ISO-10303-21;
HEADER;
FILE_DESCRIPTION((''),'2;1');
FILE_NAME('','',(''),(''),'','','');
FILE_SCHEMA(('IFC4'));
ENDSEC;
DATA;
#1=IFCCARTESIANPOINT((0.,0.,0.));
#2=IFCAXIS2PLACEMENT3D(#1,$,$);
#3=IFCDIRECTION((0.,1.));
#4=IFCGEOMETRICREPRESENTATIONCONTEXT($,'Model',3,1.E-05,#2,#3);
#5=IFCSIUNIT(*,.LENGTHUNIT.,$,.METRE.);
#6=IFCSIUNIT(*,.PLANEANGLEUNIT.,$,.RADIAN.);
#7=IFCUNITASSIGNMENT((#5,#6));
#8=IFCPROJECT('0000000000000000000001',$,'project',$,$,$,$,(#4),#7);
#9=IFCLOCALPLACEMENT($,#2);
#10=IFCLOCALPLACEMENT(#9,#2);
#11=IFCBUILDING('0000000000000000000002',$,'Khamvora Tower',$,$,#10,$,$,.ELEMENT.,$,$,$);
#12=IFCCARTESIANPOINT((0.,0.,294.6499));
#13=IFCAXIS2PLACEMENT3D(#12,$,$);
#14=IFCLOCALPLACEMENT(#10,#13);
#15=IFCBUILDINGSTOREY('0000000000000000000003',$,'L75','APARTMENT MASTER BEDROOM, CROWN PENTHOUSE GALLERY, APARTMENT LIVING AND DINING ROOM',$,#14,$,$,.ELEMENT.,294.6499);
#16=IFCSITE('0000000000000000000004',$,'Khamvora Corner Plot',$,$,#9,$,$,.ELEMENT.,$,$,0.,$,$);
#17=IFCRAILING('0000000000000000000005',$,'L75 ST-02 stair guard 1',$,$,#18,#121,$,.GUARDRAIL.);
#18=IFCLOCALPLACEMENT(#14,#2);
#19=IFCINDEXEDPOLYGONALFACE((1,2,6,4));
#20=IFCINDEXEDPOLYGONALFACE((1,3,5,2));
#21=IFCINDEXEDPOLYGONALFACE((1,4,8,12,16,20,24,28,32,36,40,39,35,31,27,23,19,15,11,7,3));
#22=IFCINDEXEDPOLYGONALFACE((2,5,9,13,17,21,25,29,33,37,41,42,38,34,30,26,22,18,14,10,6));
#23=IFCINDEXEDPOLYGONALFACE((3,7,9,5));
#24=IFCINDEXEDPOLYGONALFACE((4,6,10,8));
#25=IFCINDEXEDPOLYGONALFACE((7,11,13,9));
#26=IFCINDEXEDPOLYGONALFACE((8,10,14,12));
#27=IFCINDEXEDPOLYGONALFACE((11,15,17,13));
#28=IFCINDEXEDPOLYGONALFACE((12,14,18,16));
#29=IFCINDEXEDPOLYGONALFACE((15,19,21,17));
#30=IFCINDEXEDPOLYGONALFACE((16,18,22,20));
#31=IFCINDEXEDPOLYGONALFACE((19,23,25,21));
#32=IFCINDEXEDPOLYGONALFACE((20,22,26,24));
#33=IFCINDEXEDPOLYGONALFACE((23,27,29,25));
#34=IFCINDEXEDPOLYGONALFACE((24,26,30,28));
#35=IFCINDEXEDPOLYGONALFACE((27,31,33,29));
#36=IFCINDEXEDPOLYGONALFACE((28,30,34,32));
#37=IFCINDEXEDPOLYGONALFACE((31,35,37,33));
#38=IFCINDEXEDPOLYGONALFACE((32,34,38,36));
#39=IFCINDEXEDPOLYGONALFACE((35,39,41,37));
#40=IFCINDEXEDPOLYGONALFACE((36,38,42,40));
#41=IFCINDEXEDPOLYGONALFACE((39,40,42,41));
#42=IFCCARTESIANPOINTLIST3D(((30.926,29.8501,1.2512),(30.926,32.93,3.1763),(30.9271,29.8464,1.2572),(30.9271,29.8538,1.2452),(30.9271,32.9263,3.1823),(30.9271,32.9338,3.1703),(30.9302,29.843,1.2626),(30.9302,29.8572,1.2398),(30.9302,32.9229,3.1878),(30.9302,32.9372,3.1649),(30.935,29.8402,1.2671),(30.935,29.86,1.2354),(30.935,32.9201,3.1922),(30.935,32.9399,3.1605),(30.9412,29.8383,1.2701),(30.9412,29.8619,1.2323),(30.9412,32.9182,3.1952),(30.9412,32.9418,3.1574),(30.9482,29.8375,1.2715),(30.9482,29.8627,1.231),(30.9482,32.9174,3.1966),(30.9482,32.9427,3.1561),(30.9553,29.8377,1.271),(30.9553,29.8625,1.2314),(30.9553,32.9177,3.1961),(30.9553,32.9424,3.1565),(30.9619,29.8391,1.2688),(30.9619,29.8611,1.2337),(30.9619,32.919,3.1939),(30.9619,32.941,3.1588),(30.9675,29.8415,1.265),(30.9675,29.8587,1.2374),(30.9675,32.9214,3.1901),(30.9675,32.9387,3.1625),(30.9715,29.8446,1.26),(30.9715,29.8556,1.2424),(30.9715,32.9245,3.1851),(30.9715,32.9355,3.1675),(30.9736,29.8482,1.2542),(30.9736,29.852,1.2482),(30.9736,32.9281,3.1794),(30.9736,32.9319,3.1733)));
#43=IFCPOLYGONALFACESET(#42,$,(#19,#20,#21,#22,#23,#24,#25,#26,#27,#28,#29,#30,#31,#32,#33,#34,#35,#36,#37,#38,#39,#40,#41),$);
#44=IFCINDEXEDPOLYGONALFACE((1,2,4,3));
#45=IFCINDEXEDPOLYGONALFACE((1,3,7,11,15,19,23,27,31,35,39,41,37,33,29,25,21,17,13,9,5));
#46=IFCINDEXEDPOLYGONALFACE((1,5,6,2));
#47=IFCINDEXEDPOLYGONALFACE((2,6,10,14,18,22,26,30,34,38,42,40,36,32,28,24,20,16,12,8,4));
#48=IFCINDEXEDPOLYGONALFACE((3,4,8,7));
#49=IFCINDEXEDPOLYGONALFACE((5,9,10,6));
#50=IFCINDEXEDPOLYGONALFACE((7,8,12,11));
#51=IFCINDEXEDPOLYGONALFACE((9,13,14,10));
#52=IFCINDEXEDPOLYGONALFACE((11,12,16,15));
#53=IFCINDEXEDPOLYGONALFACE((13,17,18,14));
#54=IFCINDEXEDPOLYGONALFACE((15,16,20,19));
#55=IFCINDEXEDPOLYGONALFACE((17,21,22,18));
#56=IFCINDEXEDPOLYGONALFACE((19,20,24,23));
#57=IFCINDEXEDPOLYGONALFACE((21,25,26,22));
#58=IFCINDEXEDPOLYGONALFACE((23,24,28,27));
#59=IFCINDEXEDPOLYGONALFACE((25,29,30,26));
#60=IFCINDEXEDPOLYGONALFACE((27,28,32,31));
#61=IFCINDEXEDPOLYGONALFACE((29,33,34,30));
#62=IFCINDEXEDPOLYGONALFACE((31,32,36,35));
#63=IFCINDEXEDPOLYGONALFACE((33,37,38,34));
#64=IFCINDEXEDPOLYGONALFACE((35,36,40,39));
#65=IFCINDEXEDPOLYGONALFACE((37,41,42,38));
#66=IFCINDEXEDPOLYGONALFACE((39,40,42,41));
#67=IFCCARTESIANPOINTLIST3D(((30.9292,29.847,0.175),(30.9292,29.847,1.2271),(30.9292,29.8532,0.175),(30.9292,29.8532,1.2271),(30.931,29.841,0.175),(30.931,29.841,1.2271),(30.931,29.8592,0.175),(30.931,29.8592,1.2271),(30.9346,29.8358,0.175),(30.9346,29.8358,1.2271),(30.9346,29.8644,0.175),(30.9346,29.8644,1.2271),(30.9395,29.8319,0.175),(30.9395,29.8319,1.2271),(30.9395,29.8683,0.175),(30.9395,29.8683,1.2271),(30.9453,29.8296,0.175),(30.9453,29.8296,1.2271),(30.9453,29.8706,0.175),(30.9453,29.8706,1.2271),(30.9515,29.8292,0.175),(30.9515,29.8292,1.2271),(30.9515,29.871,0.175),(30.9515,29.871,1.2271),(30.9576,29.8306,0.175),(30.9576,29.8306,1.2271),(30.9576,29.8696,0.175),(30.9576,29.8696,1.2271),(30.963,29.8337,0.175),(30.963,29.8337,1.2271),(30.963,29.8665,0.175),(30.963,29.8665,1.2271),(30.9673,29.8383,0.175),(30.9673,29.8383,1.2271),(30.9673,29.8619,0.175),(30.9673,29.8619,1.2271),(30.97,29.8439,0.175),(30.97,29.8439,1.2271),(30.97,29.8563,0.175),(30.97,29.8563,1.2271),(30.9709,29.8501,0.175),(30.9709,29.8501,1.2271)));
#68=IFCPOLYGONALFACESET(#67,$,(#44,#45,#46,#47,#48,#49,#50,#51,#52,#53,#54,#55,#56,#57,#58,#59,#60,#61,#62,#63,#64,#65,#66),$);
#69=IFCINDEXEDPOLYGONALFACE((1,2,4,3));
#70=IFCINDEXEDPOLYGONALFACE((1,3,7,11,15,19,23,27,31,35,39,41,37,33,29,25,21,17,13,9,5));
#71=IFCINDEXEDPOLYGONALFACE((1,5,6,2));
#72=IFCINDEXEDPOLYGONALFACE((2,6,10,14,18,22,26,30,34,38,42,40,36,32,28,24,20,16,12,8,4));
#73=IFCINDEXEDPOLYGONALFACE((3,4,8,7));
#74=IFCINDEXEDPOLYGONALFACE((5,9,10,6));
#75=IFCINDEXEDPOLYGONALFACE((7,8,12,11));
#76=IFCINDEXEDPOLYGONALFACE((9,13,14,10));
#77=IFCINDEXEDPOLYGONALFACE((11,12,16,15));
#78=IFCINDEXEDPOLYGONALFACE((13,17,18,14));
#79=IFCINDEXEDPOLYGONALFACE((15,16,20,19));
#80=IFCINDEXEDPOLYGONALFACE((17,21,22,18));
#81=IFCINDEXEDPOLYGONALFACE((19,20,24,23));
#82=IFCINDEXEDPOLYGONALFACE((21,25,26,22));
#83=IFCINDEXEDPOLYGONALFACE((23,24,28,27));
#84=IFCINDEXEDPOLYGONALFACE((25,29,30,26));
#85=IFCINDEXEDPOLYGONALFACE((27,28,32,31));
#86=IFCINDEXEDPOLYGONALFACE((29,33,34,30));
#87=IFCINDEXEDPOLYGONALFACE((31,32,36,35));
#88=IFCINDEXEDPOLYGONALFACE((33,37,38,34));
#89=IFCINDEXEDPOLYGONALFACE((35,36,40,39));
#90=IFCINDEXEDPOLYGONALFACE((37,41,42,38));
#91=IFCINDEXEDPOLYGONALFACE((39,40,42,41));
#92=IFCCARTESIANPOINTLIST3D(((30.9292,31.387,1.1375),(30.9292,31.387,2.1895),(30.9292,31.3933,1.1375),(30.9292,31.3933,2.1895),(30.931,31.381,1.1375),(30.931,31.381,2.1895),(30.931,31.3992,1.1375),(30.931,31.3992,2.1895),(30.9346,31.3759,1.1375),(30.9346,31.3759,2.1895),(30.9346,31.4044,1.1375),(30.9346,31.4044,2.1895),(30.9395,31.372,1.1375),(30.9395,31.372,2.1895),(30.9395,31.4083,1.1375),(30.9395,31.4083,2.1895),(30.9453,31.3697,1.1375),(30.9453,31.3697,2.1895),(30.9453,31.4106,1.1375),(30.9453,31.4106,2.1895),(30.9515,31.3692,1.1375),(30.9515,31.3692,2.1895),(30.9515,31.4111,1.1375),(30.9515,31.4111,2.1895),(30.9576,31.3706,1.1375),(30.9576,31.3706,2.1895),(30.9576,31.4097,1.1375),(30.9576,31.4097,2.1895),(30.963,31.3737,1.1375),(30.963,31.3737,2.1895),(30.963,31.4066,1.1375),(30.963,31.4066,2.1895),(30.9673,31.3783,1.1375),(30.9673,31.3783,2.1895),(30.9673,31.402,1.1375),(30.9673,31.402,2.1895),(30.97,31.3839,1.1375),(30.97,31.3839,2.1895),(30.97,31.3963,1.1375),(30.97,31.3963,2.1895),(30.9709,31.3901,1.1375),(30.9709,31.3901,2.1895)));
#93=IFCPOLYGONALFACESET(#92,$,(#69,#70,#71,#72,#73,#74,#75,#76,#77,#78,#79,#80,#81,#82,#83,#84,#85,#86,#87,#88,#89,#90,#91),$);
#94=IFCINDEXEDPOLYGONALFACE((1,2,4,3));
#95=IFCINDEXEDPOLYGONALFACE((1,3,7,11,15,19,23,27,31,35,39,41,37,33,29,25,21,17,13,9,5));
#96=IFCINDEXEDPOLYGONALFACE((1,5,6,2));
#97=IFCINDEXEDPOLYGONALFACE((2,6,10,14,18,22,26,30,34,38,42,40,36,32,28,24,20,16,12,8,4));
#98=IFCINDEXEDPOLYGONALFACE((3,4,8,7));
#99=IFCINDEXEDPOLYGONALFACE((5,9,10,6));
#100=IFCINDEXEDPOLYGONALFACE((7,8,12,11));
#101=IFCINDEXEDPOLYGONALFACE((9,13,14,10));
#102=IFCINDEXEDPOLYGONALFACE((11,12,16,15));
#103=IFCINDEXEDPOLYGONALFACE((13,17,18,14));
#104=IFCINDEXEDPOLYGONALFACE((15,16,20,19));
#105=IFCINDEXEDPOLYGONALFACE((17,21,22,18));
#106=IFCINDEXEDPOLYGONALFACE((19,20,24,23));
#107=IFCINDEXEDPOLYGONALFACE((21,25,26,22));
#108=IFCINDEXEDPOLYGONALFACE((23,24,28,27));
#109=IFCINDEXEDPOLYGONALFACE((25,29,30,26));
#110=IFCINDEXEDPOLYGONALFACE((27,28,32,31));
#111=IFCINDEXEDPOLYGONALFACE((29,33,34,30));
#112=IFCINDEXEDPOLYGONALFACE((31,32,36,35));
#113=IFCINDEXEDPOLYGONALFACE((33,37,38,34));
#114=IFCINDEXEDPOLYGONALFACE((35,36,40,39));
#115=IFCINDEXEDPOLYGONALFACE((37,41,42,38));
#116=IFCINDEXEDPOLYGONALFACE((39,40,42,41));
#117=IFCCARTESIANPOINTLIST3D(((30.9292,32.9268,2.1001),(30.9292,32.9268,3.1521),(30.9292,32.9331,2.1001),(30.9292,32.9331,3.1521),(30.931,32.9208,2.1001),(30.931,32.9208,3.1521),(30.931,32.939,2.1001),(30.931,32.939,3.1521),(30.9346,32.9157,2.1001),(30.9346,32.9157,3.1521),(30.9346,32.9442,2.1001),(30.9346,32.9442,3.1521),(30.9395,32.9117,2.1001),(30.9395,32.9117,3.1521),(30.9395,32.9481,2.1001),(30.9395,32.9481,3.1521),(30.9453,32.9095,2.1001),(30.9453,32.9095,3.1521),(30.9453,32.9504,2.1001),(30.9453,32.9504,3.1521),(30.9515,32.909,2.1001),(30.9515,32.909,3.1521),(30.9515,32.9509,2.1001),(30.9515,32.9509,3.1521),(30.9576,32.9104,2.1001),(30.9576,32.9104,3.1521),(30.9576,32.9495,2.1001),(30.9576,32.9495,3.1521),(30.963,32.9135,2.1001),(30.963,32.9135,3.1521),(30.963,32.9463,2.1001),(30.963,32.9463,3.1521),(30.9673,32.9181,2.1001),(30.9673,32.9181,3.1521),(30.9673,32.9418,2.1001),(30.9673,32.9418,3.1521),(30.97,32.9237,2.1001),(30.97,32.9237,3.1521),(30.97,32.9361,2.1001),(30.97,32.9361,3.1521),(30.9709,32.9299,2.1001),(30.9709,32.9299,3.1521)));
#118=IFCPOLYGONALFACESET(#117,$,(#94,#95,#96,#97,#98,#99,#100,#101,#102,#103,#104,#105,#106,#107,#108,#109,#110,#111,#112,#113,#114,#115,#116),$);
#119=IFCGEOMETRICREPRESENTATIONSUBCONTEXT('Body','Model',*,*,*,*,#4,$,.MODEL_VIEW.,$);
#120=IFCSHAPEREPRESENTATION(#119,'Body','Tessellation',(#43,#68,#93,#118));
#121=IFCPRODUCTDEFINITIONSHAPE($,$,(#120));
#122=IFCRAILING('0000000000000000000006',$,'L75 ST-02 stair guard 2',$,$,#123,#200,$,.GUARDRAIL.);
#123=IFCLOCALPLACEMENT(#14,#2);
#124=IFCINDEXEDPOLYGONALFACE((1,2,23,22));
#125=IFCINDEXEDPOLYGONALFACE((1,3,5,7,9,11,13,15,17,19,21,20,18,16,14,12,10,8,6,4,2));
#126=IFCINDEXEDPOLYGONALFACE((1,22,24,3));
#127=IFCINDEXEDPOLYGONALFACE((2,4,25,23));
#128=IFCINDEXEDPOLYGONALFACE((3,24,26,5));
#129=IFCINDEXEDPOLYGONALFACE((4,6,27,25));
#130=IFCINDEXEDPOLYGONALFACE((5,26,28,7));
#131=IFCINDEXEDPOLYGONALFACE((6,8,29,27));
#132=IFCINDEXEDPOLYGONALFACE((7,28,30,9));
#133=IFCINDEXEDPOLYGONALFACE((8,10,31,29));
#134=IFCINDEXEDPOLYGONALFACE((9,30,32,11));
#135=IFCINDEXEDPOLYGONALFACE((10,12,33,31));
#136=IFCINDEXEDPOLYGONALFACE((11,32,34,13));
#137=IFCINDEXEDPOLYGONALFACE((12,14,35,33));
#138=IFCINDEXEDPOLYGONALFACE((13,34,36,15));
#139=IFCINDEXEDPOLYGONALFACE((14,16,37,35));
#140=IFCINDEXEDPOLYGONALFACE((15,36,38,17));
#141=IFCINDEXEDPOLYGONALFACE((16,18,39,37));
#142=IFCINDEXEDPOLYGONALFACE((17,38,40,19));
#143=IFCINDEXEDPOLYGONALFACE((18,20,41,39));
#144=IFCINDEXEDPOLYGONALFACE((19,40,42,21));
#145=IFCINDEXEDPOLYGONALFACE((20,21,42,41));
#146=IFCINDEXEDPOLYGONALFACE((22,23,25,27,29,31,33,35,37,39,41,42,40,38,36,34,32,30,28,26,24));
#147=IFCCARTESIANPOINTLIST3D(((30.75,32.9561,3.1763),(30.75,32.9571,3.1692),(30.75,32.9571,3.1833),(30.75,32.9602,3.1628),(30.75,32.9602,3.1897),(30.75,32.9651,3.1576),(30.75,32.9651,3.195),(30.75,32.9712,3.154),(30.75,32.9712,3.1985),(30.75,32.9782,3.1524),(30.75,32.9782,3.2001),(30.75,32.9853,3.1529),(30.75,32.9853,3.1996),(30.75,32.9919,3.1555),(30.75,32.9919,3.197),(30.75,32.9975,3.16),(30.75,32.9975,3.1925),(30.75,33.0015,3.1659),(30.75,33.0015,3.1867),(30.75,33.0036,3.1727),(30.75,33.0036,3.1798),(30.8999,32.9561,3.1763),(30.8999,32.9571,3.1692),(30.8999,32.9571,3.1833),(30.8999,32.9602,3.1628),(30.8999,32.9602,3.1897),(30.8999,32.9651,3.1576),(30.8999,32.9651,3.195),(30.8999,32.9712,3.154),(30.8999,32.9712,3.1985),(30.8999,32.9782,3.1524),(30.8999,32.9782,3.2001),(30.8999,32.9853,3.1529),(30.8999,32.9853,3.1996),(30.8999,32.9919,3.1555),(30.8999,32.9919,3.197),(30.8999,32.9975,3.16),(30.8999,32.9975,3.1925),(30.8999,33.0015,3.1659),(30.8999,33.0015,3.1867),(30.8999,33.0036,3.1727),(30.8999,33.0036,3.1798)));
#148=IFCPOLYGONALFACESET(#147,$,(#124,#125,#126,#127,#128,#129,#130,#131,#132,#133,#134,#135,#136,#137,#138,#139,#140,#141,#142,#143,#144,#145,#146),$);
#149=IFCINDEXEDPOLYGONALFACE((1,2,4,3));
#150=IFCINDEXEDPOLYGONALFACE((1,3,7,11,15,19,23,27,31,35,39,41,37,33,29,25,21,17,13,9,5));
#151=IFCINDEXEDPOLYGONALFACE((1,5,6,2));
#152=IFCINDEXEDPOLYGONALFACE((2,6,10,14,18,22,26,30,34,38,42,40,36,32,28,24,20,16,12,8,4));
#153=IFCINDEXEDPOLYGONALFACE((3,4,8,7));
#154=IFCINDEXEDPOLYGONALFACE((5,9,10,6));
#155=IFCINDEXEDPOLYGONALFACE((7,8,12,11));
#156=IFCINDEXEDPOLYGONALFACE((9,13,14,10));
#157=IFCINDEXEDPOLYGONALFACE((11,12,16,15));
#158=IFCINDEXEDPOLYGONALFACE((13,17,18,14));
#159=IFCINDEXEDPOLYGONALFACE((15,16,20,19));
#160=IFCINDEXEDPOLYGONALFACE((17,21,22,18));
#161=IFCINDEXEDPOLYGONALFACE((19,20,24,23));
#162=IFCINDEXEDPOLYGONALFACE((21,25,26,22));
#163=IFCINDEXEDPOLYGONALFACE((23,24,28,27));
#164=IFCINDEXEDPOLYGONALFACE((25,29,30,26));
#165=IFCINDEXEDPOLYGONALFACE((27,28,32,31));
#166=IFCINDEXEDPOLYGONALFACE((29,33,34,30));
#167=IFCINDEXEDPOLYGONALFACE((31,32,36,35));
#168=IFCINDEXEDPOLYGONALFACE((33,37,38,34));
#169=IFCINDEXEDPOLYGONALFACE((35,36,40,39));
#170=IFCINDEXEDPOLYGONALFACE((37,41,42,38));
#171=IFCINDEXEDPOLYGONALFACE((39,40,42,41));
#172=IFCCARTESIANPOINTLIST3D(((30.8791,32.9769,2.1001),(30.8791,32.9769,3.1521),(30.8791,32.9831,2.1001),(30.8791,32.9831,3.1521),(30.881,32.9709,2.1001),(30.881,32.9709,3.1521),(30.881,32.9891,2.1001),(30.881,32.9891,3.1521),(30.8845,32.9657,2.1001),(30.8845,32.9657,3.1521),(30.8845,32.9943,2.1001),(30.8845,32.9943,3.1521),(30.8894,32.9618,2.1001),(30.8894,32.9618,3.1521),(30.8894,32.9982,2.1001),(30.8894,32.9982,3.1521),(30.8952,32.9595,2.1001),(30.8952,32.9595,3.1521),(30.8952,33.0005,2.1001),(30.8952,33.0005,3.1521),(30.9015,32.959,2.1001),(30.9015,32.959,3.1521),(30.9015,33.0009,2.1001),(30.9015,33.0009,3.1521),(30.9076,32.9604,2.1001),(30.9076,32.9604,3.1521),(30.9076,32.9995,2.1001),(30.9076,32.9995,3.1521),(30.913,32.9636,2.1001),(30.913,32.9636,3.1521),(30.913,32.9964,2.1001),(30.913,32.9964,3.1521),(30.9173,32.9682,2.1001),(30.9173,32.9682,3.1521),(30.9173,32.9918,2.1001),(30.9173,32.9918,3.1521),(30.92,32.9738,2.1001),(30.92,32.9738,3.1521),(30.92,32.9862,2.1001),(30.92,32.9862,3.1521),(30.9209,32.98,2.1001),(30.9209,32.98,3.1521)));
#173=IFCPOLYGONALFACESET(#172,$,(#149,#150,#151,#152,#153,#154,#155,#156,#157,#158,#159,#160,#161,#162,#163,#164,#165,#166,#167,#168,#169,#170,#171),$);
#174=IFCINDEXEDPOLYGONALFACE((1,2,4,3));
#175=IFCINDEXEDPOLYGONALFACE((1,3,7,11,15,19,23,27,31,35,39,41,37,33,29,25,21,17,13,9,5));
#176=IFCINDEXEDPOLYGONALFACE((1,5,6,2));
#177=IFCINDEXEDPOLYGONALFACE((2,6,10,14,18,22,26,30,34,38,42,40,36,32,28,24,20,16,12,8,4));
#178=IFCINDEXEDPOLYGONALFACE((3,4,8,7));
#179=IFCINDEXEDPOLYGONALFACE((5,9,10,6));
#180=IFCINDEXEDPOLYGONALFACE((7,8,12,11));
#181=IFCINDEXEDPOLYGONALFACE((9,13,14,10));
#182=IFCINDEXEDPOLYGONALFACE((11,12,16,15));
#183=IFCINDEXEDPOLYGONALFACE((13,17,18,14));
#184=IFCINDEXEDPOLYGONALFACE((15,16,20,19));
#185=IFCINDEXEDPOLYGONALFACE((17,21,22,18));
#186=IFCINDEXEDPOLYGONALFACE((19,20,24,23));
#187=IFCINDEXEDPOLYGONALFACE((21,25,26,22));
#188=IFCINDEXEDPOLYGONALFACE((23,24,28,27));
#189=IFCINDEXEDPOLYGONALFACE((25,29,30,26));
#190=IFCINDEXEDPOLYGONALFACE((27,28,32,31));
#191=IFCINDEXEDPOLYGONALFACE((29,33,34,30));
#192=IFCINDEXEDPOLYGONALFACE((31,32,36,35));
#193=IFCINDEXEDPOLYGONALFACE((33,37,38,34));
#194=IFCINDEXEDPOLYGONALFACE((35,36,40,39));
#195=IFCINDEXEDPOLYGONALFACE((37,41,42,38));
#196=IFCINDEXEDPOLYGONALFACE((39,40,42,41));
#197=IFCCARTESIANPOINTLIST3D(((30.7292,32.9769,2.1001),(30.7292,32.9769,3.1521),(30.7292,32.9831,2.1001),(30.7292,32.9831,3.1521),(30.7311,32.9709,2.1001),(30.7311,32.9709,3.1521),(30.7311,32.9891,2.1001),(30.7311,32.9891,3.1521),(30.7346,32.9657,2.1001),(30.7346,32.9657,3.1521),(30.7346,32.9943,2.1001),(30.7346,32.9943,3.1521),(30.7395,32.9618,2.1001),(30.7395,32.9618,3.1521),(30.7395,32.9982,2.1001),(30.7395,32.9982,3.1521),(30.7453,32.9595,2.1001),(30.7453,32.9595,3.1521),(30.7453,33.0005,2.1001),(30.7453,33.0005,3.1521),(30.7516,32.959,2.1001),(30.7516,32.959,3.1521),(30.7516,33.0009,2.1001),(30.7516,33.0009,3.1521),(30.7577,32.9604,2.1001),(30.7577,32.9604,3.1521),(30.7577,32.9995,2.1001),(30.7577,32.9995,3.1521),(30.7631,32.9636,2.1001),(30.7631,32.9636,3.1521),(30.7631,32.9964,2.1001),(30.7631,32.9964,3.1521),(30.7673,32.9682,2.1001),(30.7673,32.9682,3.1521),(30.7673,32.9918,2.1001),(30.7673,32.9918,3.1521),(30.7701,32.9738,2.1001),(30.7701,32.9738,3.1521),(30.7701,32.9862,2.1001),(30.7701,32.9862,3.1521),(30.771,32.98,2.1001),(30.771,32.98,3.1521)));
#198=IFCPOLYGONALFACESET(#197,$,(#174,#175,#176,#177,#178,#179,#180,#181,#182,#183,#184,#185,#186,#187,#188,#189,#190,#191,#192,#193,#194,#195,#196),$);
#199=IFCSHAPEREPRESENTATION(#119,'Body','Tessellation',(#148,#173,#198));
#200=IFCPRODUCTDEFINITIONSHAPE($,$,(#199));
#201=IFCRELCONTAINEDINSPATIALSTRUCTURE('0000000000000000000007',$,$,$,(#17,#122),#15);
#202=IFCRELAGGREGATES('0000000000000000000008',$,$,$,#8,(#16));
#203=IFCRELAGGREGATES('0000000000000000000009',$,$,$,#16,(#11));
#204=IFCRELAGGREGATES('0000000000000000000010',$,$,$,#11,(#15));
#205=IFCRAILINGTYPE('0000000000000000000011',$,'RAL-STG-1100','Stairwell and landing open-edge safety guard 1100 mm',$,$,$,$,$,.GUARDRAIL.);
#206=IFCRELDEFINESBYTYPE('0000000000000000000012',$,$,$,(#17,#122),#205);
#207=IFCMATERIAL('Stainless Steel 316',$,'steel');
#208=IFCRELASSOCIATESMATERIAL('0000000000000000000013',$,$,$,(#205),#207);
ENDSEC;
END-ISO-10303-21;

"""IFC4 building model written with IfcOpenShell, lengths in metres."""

from ifc_helpers import new_model, si_unit, direction, frame, origin, origin_2d, place, context, subcontext, project, spatial, circle, extrude, material, type_object, element, save


model = new_model("IFC4")

# Units and contexts
model_context = context("Model", 3, precision=1e-05, world=origin(), true_north=direction((0.0, 1.0)))
body_context = subcontext(model_context, "Body", "Model", "MODEL_VIEW")
ifc_project = project(units=[si_unit("LENGTHUNIT", "METRE"), si_unit("PLANEANGLEUNIT", "RADIAN")], contexts=[model_context])

# Site, building, storey
site_placement = place(None, origin())
site = spatial("IfcSite", under=ifc_project, at=site_placement, Name="Khamvora Corner Plot", CompositionType="ELEMENT", RefElevation=0.0)
building_placement = place(site_placement, origin())
building = spatial("IfcBuilding", under=site, at=building_placement, Name="Khamvora Tower", CompositionType="ELEMENT")
storey_placement = place(building_placement, frame((0.0, 0.0, 294.6499)))
storey = spatial("IfcBuildingStorey", under=building, at=storey_placement, Name="L75", Description="APARTMENT MASTER BEDROOM, CROWN PENTHOUSE GALLERY, APARTMENT LIVING AND DINING ROOM", CompositionType="ELEMENT", Elevation=294.6499)

# Railings
ifc_material_1 = material(Name="Stainless Steel 316", Category="steel")
railing_type_1 = type_object("IfcRailingType", Name="RAL-STG-1100", Description="Stairwell and landing open-edge safety guard 1100 mm", PredefinedType="GUARDRAIL", material=ifc_material_1)
railing_1_placement = place(storey_placement, frame((30.95, 29.8501, 0.175)))
element("IfcRailing", 1, at=railing_1_placement, inside=storey, type_object=railing_type_1, Name="L75 ST-02 stair guard 1", PredefinedType="GUARDRAIL", context=body_context, shape_type="SweptSolid", body=[
    extrude(circle(Radius=0.0239, at=origin_2d()), frame((0.0, 0.0, 1.0762), z_axis=(0.0, 0.847979, 0.530029), x_axis=(-1.0, 0.0, 0.0)), (0.0, 0.0, 1.0), 3.6321),
    extrude(circle(Radius=0.021, at=origin_2d()), origin(), (0.0, 0.0, 1.0), 1.052),
    extrude(circle(Radius=0.021, at=origin_2d()), frame((0.0, 1.54, 0.9624)), (0.0, 0.0, 1.0), 1.052),
    extrude(circle(Radius=0.021, at=origin_2d()), frame((0.0, 3.0798, 1.925)), (0.0, 0.0, 1.0), 1.052),
])
for number, where, name in (
    (2, (30.8999, 32.98, 2.1001), "L75 ST-02 stair guard 2"),
):
    element("IfcRailing", number, at=place(storey_placement, frame(where)), inside=storey, type_object=railing_type_1, Name=name, PredefinedType="GUARDRAIL", context=body_context, shape_type="SweptSolid", body=[
        extrude(circle(Radius=0.0239, at=origin_2d()), frame((0.0, 0.0, 1.0762), z_axis=(-1.0, 0.0, 0.0), x_axis=(0.0, -1.0, 0.0)), (0.0, 0.0, 1.0), 0.1499),
        extrude(circle(Radius=0.021, at=origin_2d()), origin(), (0.0, 0.0, 1.0), 1.052),
        extrude(circle(Radius=0.021, at=origin_2d()), frame((-0.1499, 0.0, 0.0)), (0.0, 0.0, 1.0), 1.052),
    ])

save(model, "model.ifc")
